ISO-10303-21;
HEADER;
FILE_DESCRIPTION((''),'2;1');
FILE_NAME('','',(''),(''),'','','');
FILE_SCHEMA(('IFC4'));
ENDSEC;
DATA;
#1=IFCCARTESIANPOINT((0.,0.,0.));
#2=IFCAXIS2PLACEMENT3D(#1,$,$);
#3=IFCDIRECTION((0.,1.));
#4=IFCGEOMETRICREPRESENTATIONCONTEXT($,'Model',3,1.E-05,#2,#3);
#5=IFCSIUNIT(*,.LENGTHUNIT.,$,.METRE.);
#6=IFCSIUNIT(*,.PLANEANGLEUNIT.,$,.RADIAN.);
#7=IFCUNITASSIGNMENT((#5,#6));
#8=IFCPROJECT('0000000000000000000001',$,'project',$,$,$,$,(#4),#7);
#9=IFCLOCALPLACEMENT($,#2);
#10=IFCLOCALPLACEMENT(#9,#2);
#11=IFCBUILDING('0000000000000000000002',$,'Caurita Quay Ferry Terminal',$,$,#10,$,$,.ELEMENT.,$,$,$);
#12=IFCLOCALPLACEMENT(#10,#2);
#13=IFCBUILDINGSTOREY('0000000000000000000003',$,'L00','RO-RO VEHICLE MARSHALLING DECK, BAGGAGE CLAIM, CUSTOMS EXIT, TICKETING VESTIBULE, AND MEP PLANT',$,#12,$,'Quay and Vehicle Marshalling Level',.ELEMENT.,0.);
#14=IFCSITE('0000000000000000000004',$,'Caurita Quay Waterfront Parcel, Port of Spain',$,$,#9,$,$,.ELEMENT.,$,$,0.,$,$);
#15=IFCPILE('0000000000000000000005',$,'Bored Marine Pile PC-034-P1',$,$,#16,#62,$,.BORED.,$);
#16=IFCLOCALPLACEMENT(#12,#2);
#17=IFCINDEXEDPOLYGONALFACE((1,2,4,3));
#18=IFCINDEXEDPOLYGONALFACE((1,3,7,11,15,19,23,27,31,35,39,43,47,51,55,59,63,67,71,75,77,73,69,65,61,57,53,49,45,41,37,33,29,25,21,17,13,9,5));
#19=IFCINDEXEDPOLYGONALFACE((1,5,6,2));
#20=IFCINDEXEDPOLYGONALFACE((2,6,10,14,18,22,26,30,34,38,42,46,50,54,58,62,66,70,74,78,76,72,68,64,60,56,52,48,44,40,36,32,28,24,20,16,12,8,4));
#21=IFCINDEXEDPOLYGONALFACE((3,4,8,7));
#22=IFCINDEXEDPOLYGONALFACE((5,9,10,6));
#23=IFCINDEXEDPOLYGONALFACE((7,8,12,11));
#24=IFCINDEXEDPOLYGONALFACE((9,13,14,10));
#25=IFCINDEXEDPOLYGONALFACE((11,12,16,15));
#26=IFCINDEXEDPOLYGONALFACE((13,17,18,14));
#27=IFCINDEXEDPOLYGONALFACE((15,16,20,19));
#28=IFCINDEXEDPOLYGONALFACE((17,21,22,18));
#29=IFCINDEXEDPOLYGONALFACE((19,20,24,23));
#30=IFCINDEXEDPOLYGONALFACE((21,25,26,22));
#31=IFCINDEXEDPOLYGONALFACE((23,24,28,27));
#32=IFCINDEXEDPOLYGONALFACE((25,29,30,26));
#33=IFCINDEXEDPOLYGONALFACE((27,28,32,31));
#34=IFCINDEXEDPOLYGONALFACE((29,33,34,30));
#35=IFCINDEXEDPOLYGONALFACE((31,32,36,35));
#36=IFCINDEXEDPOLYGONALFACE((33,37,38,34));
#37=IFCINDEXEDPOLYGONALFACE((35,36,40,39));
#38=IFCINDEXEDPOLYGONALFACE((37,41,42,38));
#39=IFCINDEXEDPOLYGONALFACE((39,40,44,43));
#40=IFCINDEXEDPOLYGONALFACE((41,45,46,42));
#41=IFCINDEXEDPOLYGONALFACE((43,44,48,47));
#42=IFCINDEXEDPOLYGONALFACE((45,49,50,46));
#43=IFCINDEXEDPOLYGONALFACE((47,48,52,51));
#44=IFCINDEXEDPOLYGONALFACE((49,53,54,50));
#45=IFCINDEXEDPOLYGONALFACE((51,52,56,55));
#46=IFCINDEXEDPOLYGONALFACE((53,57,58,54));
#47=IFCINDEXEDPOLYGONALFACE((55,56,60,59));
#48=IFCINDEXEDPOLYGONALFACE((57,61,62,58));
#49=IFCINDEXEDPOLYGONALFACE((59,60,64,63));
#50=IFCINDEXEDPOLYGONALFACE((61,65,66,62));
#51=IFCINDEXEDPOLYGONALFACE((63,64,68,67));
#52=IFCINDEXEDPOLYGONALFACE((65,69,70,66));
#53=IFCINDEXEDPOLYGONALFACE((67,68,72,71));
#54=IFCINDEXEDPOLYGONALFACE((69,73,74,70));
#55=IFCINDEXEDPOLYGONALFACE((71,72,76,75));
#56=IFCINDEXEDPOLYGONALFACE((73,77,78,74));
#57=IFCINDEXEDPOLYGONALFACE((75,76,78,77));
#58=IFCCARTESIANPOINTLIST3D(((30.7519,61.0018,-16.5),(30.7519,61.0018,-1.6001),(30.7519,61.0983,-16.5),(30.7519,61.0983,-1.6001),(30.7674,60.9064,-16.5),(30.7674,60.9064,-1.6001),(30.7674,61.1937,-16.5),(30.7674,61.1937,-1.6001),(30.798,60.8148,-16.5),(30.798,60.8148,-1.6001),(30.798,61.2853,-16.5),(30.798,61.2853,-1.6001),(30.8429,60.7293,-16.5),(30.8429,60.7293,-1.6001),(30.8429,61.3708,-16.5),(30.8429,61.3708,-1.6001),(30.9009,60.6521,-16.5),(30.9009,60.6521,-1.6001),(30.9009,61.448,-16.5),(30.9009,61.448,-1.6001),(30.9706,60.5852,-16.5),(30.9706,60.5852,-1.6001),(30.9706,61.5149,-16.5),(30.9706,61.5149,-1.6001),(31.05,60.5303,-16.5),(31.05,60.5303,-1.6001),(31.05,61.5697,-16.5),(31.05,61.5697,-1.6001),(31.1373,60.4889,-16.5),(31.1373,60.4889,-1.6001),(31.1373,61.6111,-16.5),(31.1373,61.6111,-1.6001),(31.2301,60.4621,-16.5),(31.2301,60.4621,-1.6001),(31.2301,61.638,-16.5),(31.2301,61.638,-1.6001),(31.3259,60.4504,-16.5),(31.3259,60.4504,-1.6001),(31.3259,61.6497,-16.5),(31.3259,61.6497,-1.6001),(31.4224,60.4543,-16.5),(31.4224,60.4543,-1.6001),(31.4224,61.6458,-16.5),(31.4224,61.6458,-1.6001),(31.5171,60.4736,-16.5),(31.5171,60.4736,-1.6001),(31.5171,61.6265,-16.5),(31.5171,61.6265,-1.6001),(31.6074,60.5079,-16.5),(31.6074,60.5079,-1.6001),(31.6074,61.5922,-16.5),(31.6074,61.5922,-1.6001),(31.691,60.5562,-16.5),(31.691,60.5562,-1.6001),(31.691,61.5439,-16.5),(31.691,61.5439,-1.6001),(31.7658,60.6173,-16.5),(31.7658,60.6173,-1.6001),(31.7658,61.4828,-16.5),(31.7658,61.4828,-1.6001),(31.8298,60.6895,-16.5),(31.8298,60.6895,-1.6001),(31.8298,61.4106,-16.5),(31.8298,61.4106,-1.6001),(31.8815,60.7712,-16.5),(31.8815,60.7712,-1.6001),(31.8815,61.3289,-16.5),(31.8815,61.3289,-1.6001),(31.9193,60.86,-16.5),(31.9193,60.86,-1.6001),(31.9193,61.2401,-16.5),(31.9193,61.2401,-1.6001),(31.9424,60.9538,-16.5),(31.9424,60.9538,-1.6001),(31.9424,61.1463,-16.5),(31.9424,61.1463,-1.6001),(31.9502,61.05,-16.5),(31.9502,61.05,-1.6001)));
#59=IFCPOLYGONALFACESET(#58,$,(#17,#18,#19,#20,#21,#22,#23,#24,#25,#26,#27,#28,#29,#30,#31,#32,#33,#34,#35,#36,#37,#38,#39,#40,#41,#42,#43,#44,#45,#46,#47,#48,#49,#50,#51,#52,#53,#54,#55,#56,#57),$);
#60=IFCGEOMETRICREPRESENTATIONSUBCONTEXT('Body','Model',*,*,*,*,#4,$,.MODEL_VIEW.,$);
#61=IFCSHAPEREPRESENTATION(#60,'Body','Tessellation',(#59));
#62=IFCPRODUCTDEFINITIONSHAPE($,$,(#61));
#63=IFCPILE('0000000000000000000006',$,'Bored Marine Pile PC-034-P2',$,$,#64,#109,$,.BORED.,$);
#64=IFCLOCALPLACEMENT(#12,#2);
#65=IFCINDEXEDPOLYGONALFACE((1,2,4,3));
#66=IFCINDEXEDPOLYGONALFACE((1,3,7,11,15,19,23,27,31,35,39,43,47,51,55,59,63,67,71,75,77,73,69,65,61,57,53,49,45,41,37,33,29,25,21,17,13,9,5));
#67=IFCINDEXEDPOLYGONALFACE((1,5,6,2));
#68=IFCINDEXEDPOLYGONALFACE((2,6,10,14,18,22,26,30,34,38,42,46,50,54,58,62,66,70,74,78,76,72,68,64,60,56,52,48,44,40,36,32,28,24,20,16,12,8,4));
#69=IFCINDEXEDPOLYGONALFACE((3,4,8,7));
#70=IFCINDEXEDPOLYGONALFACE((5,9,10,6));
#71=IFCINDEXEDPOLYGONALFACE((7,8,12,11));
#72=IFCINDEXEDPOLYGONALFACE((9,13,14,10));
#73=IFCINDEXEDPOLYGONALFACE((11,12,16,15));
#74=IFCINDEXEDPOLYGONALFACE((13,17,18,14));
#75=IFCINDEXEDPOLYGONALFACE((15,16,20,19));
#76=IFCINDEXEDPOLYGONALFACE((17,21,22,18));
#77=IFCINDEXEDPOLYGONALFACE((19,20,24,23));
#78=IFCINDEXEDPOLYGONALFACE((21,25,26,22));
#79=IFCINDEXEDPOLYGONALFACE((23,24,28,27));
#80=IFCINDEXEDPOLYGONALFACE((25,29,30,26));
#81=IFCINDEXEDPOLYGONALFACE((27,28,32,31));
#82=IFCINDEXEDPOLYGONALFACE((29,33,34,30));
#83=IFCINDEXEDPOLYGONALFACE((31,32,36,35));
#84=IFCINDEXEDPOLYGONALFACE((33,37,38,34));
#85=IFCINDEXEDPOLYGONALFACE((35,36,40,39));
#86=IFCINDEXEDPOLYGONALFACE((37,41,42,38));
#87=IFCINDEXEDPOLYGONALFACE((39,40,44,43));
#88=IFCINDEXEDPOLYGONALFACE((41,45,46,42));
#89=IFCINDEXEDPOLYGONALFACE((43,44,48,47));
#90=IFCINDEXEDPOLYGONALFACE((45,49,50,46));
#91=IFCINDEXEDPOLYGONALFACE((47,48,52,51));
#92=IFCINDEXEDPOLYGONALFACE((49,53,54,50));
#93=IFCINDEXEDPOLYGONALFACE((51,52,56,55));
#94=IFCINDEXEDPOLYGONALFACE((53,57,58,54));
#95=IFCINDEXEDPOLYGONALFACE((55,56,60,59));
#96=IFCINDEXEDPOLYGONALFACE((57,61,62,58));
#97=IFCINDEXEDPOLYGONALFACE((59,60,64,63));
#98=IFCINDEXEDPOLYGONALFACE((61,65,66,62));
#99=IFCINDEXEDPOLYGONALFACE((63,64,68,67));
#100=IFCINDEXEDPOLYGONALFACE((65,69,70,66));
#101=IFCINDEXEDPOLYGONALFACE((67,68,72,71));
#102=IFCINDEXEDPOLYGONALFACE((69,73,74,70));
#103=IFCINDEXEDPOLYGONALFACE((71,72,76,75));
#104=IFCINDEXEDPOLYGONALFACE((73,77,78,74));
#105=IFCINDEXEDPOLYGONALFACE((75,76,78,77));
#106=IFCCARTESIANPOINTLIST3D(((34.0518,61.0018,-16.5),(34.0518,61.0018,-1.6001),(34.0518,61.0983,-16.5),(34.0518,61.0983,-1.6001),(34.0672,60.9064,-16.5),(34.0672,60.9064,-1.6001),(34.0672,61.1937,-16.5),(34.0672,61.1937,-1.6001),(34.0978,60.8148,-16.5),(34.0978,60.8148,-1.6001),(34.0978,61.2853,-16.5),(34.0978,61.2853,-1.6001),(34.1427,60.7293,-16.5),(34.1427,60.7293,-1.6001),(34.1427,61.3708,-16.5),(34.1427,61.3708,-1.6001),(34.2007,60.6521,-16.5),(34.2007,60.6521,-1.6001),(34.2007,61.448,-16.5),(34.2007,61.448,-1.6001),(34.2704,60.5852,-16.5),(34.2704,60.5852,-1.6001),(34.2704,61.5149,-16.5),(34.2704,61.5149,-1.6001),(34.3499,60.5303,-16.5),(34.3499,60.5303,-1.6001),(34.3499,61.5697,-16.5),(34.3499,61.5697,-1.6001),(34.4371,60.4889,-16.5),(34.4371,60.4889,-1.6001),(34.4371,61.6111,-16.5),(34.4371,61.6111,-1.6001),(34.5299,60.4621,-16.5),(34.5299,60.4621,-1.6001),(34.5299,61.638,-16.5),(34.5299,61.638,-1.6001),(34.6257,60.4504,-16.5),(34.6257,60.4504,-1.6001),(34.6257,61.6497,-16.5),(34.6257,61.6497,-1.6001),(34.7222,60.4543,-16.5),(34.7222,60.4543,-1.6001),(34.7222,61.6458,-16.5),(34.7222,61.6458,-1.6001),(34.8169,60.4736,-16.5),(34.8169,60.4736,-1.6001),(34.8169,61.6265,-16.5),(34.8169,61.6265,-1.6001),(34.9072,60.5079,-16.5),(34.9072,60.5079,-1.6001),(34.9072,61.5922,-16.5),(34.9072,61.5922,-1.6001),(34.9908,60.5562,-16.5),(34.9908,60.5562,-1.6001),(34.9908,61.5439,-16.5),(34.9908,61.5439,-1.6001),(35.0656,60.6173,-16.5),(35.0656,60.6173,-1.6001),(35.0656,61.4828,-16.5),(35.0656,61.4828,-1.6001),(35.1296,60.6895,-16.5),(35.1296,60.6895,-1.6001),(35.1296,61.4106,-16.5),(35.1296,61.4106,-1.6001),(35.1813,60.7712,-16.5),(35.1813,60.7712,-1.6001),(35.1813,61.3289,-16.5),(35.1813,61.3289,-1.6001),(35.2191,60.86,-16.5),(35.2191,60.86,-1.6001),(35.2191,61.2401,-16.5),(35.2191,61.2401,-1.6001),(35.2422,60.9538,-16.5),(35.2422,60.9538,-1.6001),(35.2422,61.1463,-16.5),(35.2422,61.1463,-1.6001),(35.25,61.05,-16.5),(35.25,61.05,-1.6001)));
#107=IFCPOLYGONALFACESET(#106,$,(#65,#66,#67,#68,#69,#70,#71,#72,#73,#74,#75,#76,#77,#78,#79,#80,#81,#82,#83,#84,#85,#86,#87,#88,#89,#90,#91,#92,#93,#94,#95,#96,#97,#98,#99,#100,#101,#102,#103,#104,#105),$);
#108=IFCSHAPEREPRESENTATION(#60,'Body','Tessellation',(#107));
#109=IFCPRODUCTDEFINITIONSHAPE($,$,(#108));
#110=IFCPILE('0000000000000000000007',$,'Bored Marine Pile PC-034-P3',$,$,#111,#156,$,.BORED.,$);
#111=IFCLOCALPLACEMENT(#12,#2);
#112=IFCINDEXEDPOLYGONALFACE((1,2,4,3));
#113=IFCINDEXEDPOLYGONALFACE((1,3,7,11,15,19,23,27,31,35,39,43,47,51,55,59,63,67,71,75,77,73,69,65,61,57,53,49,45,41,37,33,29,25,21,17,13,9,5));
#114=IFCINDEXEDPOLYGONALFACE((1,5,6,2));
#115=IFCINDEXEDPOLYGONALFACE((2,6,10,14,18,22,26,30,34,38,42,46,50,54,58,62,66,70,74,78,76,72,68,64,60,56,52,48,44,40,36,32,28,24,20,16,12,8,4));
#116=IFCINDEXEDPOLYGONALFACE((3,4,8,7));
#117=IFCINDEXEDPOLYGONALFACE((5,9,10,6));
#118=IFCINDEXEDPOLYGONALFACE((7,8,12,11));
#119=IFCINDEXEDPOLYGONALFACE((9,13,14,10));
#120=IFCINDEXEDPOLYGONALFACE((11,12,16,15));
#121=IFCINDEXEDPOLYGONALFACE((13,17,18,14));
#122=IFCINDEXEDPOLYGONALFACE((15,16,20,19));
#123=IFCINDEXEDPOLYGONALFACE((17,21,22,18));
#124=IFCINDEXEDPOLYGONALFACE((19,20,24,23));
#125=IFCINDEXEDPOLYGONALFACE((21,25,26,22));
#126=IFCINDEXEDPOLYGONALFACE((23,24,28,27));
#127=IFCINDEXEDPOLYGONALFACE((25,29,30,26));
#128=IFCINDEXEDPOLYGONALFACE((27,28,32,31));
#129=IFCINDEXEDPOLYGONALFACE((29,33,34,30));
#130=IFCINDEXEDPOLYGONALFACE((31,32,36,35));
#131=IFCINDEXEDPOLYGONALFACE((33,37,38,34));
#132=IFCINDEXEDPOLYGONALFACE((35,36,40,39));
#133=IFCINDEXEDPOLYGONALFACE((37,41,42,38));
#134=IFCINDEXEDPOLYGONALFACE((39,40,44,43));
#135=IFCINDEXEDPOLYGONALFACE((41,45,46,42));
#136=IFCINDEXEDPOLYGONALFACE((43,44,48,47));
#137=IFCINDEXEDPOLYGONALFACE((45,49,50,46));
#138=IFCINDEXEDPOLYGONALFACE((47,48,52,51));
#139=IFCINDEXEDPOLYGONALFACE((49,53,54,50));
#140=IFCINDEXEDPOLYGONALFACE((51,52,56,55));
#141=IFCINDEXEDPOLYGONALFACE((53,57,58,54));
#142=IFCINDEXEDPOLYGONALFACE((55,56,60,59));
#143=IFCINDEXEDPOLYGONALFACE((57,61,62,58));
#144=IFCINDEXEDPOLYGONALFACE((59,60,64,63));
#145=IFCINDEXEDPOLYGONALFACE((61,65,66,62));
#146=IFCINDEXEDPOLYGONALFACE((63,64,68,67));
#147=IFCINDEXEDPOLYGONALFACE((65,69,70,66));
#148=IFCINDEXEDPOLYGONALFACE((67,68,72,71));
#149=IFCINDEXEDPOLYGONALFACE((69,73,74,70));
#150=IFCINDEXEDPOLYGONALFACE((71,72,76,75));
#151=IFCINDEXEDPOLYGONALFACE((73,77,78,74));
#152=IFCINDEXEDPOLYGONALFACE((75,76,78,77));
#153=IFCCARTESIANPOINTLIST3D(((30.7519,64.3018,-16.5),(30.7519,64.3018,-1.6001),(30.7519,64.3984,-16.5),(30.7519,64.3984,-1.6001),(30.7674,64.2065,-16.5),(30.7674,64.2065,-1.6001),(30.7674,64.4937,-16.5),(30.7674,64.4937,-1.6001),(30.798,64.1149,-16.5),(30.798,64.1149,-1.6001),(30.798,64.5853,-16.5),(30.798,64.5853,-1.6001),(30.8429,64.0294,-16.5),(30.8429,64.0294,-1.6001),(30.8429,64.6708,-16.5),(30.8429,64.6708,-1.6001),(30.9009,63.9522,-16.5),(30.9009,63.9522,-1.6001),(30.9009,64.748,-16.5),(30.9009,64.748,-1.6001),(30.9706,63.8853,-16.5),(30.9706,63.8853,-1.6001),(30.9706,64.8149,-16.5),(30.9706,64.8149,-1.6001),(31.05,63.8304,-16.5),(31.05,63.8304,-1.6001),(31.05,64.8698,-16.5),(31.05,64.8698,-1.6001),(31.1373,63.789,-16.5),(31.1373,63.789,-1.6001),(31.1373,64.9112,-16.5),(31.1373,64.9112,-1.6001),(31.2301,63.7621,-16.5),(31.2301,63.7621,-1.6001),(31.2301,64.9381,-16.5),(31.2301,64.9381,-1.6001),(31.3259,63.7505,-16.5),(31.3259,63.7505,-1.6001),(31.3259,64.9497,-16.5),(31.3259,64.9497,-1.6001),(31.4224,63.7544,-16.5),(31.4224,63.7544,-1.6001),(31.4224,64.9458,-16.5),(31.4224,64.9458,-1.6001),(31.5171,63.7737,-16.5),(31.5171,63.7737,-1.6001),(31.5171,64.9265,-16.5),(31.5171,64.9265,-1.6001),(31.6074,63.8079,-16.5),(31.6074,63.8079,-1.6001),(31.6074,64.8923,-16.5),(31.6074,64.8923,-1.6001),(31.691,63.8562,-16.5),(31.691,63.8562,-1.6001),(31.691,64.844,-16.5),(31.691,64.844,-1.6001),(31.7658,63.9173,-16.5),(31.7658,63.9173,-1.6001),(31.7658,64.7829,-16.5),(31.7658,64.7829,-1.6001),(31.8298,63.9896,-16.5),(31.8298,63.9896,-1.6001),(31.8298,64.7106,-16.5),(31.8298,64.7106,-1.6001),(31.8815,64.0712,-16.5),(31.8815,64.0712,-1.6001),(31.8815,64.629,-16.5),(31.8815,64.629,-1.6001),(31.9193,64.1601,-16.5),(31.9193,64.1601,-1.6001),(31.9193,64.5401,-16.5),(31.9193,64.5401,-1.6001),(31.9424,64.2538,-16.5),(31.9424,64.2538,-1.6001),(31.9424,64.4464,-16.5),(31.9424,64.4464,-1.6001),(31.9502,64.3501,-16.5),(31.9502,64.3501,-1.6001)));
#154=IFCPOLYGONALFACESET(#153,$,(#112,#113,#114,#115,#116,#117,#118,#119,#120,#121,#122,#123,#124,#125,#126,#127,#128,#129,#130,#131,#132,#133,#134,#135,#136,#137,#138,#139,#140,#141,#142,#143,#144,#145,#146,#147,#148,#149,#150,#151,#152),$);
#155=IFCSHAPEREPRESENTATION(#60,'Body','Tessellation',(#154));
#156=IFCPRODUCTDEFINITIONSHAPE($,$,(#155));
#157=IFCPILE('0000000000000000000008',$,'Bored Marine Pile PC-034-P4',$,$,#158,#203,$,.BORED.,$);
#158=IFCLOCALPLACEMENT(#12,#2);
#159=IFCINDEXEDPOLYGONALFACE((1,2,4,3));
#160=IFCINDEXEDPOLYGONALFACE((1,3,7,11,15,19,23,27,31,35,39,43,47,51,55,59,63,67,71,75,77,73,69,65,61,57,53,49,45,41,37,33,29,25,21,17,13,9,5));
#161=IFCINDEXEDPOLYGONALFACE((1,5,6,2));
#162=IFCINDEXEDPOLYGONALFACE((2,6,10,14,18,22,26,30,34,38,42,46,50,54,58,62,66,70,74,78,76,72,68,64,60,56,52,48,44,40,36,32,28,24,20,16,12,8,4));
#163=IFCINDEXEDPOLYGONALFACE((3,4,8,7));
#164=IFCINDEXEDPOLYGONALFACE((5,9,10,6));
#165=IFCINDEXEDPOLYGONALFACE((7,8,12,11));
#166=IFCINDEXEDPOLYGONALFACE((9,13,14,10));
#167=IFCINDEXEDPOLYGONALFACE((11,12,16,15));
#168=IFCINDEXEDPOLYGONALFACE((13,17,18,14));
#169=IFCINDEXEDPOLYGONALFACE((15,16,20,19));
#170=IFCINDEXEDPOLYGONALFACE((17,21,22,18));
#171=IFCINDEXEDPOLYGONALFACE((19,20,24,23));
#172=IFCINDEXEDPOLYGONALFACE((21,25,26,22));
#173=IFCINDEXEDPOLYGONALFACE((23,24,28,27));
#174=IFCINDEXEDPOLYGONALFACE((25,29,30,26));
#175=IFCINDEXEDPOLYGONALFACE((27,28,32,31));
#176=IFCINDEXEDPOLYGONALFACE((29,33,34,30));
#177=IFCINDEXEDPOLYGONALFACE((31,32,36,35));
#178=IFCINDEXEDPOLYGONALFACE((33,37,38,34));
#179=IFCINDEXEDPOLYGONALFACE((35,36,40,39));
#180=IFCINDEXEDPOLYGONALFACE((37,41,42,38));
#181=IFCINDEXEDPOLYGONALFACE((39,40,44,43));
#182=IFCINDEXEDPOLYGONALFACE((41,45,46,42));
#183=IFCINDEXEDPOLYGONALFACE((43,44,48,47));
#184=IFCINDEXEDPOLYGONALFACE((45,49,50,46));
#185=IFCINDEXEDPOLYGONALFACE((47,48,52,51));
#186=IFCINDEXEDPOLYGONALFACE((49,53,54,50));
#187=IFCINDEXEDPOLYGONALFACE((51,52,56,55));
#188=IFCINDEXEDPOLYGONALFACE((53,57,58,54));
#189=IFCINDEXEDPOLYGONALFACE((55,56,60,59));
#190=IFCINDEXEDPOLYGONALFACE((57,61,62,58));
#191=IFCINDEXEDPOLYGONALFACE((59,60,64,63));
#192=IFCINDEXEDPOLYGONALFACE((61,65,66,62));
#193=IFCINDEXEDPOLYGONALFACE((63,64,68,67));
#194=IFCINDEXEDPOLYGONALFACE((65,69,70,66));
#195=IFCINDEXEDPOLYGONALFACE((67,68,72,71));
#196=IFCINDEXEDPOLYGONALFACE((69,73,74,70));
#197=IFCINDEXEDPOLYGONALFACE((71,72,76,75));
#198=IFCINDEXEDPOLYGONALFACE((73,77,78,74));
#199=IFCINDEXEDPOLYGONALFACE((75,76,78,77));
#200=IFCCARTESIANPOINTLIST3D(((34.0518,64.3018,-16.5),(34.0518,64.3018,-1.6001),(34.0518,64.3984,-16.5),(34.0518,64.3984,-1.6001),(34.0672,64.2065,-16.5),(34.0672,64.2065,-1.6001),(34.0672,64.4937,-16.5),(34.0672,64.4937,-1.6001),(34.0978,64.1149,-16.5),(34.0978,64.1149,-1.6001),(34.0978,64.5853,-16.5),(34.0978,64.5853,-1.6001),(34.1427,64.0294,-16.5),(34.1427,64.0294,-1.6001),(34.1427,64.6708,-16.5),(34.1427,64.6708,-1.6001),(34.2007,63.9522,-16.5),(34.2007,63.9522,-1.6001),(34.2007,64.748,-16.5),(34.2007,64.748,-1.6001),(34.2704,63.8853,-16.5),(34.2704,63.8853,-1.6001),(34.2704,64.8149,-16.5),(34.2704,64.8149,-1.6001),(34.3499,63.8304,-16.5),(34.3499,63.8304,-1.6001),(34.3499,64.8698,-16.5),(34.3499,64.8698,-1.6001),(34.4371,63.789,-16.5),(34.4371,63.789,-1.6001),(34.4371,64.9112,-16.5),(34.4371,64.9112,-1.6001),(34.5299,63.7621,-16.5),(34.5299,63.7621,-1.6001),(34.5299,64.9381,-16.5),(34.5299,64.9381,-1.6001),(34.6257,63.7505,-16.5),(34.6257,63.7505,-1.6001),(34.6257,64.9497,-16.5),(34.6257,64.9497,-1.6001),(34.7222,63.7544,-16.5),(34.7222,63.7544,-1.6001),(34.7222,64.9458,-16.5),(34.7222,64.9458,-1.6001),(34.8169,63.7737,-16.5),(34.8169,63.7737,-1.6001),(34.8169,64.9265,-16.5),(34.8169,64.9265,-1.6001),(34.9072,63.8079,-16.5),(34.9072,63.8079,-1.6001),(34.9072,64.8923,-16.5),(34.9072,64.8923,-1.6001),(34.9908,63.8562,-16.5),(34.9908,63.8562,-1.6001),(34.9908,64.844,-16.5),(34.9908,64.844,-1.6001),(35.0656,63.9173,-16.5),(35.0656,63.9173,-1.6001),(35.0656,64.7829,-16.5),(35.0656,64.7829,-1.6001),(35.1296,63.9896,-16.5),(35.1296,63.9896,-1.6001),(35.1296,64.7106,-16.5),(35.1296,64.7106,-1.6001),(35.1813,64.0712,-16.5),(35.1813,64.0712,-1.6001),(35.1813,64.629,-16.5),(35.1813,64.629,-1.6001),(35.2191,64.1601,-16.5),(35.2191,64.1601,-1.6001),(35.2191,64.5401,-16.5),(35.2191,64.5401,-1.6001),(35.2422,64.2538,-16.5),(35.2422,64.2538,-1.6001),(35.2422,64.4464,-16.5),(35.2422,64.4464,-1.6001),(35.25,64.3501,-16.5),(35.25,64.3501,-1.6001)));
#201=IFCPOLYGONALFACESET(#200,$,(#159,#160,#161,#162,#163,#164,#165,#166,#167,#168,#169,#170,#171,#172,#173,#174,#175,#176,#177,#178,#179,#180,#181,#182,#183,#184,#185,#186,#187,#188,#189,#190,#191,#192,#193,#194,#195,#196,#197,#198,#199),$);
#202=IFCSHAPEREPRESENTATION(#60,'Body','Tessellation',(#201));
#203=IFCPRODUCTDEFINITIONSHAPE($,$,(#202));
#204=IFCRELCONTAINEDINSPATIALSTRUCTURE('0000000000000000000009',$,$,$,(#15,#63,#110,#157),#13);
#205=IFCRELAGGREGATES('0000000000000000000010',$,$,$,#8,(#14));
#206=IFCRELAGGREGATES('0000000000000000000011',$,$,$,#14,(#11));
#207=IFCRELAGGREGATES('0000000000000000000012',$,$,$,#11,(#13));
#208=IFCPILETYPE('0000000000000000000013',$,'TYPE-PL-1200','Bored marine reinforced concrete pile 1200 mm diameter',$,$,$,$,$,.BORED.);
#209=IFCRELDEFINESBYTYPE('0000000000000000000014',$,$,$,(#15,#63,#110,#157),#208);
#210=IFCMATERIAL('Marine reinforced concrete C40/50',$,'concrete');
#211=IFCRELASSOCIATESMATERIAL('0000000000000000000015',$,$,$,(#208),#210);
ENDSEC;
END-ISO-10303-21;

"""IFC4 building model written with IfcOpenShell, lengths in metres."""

from ifc_helpers import new_model, si_unit, direction, frame, origin, origin_2d, place, context, subcontext, project, spatial, circle, extrude, material, material_profile, profile_set, type_object, element, save


model = new_model("IFC4")

# Units and contexts
model_context = context("Model", 3, precision=1e-05, world=origin(), true_north=direction((0.0, 1.0)))
body_context = subcontext(model_context, "Body", "Model", "MODEL_VIEW")
ifc_project = project(units=[si_unit("LENGTHUNIT", "METRE"), si_unit("PLANEANGLEUNIT", "RADIAN")], contexts=[model_context])

# Site, building, storey
site_placement = place(None, origin())
site = spatial("IfcSite", under=ifc_project, at=site_placement, Name="Caurita Quay Waterfront Parcel, Port of Spain", CompositionType="ELEMENT", RefElevation=0.0)
building_placement = place(site_placement, origin())
building = spatial("IfcBuilding", under=site, at=building_placement, Name="Caurita Quay Ferry Terminal", CompositionType="ELEMENT")
storey_placement = place(building_placement, origin())
storey = spatial("IfcBuildingStorey", under=building, at=storey_placement, Name="L00", Description="RO-RO VEHICLE MARSHALLING DECK, BAGGAGE CLAIM, CUSTOMS EXIT, TICKETING VESTIBULE, AND MEP PLANT", LongName="Quay and Vehicle Marshalling Level", CompositionType="ELEMENT", Elevation=0.0)

# Piles
ifc_material_1 = material(Name="Marine reinforced concrete C40/50", Category="concrete")
ifc_material_profile_1 = material_profile(ifc_material_1, circle(Radius=0.6001, at=origin_2d()), Name="PILE-D1200")
ifc_profile_set_1 = profile_set([ifc_material_profile_1], Name="Marine reinforced concrete C40/50")
pile_type_1 = type_object("IfcPileType", Name="TYPE-PL-1200", Description="Bored marine reinforced concrete pile 1200 mm diameter", PredefinedType="BORED", material=ifc_profile_set_1)
for number, where, z_axis, x_axis, name in (
    (1, (31.3501, 61.05, -1.6001), (0.0, 0.0, -1.0), (1.0, 0.0, 0.0), "Bored Marine Pile PC-034-P1"),
    (2, (34.6499, 61.05, -1.6001), (0.0, 0.0, -1.0), (1.0, 0.0, 0.0), "Bored Marine Pile PC-034-P2"),
    (3, (31.3501, 64.3501, -1.6001), (0.0, 0.0, -1.0), (1.0, 0.0, 0.0), "Bored Marine Pile PC-034-P3"),
    (4, (34.6499, 64.3501, -1.6001), (0.0, 0.0, -1.0), (1.0, 0.0, 0.0), "Bored Marine Pile PC-034-P4"),
):
    element("IfcPile", number, at=place(storey_placement, frame(where, z_axis=z_axis, x_axis=x_axis)), inside=storey, type_object=pile_type_1, Name=name, PredefinedType="BORED", context=body_context, shape_type="SweptSolid", body=[
        extrude(circle(Radius=0.6001, at=origin_2d()), origin(), (0.0, 0.0, 1.0), 14.8999),
    ])

save(model, "model.ifc")
